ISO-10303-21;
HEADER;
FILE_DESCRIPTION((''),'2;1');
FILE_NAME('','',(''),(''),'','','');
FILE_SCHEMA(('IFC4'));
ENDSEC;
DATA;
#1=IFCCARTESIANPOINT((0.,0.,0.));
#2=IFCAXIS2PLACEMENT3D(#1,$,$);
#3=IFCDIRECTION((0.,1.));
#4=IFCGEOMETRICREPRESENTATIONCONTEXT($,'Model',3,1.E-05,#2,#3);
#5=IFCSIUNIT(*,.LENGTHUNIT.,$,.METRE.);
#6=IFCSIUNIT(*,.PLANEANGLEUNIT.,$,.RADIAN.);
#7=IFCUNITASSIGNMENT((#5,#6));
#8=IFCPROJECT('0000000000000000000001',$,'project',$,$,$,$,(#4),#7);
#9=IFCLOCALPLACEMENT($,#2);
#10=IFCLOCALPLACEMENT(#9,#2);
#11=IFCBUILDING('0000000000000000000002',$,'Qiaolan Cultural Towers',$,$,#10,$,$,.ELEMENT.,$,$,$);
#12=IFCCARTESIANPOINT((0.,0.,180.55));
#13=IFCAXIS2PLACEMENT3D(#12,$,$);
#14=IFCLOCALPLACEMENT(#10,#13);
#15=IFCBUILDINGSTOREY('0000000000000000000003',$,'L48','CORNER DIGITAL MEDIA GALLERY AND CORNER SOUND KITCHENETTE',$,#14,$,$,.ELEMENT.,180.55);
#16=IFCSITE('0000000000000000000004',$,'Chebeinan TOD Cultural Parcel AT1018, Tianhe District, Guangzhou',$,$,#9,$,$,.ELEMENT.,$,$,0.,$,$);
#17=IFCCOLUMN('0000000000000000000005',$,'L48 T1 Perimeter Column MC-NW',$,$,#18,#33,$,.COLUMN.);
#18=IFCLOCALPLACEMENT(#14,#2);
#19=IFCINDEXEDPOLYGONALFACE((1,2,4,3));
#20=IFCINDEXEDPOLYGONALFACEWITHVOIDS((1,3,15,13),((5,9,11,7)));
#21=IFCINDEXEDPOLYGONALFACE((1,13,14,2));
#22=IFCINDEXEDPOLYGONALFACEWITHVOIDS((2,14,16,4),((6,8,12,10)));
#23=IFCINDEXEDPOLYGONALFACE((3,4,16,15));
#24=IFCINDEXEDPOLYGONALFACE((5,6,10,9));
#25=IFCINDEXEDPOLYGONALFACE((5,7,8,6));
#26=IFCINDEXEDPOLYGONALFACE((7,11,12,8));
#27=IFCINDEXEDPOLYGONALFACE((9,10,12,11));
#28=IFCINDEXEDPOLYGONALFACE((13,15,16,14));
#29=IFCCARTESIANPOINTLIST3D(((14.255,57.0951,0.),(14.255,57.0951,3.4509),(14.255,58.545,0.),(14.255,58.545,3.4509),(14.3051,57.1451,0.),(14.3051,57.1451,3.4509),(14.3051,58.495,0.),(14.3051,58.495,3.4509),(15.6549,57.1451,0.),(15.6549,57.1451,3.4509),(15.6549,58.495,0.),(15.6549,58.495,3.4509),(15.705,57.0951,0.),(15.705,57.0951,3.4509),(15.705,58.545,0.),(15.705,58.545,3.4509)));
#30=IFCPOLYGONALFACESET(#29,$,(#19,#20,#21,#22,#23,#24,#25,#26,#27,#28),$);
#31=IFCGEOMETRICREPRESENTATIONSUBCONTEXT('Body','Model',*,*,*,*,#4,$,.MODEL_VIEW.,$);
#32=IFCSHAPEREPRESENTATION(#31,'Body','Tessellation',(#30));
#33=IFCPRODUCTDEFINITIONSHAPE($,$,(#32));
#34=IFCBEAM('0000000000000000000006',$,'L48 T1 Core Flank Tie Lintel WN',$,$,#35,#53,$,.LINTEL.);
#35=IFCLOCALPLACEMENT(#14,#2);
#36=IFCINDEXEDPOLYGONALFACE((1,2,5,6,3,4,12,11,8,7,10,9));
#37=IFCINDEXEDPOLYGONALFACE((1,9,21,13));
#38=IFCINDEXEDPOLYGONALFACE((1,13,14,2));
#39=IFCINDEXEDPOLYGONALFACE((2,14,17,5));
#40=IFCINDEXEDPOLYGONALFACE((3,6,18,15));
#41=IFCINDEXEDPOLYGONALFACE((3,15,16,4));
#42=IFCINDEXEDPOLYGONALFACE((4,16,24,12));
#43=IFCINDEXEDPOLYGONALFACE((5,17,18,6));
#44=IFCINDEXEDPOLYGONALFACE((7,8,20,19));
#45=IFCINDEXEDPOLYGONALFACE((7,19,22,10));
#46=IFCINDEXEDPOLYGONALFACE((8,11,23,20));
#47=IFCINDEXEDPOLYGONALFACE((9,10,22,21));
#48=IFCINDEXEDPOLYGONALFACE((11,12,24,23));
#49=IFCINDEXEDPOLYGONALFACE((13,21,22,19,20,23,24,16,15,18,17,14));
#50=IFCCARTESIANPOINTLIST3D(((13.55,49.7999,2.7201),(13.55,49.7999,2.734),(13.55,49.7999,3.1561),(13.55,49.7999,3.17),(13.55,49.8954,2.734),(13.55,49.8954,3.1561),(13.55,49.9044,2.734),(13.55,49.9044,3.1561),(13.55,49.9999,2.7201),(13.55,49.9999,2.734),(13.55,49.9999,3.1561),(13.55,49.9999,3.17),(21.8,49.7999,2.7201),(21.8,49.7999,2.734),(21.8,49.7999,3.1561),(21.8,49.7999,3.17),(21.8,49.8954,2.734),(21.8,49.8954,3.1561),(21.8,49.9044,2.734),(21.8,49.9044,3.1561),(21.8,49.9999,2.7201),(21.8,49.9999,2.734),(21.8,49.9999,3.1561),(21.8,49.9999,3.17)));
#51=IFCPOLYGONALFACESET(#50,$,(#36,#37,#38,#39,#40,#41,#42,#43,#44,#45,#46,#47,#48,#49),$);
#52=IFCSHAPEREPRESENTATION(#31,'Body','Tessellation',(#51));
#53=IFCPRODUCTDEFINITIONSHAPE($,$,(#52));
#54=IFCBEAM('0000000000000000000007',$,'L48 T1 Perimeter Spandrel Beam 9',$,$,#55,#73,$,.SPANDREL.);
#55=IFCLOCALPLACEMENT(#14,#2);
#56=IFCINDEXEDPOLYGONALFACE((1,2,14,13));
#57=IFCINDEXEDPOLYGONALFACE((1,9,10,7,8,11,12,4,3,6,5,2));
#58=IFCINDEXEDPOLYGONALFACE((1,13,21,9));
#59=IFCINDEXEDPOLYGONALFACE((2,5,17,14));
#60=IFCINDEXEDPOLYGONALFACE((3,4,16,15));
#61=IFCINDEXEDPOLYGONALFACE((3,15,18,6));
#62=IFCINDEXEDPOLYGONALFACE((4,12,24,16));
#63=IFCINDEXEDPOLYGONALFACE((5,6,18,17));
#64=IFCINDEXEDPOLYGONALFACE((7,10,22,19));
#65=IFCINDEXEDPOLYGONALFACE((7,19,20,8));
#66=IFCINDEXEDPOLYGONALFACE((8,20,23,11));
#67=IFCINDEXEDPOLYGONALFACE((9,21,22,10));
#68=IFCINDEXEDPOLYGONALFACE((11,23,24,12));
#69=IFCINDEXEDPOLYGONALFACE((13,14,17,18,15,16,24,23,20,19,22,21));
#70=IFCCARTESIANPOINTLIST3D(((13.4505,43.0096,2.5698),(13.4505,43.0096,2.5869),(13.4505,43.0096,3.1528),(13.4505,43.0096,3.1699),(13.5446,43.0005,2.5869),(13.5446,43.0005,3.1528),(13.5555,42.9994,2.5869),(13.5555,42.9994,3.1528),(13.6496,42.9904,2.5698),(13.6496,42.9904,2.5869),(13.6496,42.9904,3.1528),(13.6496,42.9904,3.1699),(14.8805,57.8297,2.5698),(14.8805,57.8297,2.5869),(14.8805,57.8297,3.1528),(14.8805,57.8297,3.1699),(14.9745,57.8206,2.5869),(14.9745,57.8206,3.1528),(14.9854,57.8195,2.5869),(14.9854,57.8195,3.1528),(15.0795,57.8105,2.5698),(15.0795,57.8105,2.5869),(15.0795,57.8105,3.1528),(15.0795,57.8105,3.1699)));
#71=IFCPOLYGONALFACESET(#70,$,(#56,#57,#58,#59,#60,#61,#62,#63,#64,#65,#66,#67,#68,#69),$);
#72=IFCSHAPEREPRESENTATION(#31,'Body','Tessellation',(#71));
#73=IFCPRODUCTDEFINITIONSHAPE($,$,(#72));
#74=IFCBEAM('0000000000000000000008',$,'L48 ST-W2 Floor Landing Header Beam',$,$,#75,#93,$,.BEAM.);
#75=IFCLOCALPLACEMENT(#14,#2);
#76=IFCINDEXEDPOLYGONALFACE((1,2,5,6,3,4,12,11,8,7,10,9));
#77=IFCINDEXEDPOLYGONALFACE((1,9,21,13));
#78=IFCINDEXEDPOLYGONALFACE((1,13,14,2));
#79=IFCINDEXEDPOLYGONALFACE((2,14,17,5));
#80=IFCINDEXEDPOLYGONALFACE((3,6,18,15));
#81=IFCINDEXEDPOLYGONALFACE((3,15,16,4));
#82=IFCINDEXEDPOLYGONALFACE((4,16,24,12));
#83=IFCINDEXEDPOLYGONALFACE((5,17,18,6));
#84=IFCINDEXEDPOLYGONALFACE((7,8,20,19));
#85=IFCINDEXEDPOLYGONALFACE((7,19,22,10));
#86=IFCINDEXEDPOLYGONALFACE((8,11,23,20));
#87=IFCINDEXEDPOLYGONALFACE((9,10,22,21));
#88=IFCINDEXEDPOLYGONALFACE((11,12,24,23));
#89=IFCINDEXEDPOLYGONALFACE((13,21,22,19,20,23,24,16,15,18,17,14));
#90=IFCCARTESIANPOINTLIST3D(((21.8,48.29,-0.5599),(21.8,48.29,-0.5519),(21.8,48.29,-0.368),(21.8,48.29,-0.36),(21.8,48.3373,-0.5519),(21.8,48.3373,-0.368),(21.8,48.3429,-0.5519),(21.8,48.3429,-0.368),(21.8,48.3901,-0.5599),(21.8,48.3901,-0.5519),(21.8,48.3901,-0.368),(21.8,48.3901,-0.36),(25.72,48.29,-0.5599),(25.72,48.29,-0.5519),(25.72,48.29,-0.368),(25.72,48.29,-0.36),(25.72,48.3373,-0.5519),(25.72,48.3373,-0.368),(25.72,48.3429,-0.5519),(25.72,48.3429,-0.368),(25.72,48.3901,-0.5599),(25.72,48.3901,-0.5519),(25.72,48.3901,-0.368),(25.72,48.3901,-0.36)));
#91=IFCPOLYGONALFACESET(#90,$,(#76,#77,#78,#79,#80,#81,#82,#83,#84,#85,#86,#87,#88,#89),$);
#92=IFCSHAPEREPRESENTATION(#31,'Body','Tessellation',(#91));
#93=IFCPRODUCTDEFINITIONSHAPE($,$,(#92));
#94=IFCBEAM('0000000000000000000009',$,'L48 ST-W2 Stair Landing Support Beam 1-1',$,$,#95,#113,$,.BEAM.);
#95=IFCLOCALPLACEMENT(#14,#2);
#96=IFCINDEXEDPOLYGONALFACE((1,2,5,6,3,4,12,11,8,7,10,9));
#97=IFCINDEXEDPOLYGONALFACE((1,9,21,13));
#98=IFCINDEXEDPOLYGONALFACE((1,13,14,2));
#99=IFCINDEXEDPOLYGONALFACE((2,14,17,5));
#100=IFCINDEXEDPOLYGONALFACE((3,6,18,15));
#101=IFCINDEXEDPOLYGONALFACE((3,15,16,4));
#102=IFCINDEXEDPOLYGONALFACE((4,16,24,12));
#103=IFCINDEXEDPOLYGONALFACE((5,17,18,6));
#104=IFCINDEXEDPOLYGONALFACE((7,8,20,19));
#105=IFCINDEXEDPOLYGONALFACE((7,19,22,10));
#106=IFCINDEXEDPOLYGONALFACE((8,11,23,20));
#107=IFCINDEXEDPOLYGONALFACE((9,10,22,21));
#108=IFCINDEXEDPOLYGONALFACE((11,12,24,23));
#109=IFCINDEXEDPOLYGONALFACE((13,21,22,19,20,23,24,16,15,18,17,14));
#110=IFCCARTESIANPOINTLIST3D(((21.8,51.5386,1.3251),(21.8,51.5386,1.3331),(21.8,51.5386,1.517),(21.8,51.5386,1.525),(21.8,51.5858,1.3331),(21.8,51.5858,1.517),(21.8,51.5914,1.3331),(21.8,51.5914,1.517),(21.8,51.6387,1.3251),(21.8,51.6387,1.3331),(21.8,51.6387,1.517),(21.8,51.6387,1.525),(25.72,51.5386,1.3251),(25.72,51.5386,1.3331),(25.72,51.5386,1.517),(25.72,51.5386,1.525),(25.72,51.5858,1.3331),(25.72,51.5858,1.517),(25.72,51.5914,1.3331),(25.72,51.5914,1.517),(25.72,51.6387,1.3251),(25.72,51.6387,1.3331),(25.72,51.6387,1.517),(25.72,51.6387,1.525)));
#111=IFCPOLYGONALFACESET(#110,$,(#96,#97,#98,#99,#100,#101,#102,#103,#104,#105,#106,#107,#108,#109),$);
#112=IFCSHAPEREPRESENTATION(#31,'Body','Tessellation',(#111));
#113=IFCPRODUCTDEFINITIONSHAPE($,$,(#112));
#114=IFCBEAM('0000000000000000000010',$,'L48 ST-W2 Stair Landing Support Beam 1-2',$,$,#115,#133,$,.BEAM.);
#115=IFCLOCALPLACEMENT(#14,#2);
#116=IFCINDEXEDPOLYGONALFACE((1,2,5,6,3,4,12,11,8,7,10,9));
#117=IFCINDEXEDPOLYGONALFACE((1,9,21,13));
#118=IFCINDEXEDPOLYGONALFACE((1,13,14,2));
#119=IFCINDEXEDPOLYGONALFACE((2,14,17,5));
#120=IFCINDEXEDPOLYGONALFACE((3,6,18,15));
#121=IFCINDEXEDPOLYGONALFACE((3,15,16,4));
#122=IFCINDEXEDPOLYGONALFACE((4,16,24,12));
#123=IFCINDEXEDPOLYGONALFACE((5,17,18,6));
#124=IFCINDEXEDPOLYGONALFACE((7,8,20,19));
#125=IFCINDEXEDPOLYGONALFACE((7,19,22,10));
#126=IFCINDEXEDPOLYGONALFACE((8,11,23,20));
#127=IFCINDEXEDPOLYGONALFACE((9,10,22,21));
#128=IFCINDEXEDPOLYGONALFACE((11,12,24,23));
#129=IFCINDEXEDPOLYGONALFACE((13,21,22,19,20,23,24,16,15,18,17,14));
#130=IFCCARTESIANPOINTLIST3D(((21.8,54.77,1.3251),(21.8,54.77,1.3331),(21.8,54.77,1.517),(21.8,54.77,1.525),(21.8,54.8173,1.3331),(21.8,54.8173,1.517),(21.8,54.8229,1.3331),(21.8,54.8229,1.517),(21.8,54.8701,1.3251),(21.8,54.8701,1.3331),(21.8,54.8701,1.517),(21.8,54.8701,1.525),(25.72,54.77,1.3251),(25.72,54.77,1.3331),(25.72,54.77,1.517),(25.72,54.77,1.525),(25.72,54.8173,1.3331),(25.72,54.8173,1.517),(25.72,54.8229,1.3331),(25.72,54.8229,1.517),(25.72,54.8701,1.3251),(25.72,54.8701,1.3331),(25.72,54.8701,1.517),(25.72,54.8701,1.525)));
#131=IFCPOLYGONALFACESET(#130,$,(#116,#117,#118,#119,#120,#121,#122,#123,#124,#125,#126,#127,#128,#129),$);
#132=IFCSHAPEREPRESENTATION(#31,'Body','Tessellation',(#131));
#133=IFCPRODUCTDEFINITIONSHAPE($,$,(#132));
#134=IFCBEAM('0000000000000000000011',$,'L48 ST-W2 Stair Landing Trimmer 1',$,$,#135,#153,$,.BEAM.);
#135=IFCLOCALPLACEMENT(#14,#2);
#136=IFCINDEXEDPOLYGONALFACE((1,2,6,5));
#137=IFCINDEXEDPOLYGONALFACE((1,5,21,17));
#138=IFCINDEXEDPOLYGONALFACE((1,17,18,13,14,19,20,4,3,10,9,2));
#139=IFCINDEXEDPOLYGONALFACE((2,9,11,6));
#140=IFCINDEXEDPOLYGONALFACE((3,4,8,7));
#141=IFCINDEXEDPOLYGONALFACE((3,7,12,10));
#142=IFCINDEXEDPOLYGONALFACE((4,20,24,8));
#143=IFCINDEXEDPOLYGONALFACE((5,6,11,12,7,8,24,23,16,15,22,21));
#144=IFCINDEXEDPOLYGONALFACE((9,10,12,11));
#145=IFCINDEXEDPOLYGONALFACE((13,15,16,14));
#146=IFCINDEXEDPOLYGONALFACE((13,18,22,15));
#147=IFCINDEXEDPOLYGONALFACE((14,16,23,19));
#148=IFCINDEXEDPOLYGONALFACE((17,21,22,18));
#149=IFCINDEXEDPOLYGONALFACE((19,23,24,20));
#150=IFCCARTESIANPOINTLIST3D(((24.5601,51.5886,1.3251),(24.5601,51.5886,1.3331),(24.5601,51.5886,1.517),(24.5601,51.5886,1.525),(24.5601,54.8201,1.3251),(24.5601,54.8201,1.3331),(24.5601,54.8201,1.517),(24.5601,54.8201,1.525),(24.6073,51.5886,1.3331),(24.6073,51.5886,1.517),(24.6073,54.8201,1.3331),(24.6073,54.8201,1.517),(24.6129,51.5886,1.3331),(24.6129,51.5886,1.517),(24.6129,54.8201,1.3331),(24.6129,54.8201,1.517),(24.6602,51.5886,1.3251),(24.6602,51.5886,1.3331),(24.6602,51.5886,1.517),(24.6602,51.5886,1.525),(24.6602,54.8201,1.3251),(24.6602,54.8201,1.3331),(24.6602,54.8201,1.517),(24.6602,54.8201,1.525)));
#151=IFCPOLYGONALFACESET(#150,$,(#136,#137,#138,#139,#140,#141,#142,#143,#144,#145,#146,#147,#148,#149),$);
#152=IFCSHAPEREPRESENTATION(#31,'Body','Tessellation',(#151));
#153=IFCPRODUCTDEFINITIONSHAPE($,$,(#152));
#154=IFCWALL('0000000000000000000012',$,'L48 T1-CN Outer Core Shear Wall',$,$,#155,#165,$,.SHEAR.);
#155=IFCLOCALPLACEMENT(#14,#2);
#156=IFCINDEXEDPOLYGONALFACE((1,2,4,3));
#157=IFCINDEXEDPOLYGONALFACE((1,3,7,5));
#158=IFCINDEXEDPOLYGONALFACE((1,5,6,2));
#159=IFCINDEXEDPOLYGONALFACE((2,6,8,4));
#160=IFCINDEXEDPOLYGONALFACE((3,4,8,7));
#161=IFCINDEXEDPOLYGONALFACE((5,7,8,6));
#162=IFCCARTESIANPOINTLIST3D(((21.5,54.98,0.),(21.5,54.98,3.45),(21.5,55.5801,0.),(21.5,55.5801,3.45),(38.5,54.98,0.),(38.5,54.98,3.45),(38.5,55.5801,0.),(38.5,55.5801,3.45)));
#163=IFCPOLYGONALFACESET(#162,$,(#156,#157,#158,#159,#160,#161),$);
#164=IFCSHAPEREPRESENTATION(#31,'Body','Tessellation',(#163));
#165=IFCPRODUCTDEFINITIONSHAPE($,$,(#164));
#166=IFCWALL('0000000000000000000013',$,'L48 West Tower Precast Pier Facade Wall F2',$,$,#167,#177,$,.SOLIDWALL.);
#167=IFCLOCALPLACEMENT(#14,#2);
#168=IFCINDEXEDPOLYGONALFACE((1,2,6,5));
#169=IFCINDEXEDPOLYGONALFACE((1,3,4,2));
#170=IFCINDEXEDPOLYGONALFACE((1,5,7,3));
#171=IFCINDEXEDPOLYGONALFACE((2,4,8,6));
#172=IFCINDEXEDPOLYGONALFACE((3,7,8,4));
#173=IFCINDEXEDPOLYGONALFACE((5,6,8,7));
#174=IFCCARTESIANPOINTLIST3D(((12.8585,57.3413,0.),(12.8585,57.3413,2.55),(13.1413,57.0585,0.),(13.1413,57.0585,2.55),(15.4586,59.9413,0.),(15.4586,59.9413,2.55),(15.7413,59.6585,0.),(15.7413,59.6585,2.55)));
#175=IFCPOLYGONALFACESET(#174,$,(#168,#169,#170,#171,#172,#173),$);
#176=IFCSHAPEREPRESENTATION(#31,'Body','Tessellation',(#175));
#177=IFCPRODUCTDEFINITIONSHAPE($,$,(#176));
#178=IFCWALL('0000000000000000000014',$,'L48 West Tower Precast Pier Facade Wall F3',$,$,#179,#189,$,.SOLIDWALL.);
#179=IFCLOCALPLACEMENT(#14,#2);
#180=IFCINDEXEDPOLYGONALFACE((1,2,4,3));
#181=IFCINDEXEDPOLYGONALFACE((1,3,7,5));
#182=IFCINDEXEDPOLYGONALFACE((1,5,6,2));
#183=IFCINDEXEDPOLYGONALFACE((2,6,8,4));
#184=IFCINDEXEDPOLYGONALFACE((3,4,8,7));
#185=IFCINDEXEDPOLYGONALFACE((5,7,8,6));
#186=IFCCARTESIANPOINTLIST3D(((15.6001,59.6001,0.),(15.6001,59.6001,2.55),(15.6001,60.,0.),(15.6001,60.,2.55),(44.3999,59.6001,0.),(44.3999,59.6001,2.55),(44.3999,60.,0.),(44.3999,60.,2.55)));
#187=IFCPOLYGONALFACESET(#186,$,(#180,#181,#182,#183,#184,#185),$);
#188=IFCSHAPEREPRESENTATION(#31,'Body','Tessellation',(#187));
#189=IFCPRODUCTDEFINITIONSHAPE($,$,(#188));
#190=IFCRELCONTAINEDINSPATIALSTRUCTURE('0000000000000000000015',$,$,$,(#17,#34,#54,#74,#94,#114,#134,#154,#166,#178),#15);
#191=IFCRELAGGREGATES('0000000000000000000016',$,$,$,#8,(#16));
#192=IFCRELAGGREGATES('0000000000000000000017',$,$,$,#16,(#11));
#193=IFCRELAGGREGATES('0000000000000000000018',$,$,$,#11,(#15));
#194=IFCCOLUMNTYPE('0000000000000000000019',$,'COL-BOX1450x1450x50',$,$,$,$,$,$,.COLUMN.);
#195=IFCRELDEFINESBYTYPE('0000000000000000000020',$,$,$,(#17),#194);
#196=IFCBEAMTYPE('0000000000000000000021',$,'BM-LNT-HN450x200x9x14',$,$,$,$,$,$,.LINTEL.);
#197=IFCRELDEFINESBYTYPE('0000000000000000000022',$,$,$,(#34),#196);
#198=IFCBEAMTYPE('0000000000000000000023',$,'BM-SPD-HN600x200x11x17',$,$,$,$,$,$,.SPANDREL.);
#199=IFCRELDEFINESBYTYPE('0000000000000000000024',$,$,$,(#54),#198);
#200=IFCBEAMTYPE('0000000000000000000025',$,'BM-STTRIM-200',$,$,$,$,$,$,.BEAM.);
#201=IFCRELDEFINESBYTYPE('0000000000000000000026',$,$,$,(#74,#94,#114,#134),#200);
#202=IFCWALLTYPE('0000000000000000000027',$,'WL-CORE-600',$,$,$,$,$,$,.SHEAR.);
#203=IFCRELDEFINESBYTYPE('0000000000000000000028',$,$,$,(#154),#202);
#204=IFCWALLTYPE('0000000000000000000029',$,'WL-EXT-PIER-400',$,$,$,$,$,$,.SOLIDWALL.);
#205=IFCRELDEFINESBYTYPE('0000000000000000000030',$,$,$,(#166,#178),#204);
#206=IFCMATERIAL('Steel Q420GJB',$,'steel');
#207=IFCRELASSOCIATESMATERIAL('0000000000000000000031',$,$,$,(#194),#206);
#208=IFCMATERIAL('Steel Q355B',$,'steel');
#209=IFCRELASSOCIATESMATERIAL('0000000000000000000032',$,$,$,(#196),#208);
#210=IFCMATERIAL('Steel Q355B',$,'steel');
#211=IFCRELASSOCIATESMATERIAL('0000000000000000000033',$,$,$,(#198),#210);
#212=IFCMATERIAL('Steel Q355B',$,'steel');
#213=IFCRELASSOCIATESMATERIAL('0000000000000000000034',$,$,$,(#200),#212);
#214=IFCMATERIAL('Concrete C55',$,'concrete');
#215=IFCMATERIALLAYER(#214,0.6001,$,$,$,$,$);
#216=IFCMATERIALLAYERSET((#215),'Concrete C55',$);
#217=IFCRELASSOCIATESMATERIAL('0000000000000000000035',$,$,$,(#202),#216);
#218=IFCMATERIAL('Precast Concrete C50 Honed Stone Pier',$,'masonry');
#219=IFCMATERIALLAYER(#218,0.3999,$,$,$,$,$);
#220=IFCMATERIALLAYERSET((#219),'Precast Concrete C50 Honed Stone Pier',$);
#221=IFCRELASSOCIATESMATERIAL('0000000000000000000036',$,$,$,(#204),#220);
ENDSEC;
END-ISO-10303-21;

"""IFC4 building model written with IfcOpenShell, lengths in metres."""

from ifc_helpers import new_model, si_unit, direction, frame, frame_2d, origin, origin_2d, place, context, subcontext, project, spatial, rectangle, hollow_rectangle, i_section, extrude, material, layer, layer_set, material_profile, profile_set, type_object, element, save


model = new_model("IFC4")

# Units and contexts
model_context = context("Model", 3, precision=1e-05, world=origin(), true_north=direction((0.0, 1.0)))
body_context = subcontext(model_context, "Body", "Model", "MODEL_VIEW")
ifc_project = project(units=[si_unit("LENGTHUNIT", "METRE"), si_unit("PLANEANGLEUNIT", "RADIAN")], contexts=[model_context])

# Site, building, storey
site_placement = place(None, origin())
site = spatial("IfcSite", under=ifc_project, at=site_placement, Name="Chebeinan TOD Cultural Parcel AT1018, Tianhe District, Guangzhou", CompositionType="ELEMENT", RefElevation=0.0)
building_placement = place(site_placement, origin())
building = spatial("IfcBuilding", under=site, at=building_placement, Name="Qiaolan Cultural Towers", CompositionType="ELEMENT")
storey_placement = place(building_placement, frame((0.0, 0.0, 180.55)))
storey = spatial("IfcBuildingStorey", under=building, at=storey_placement, Name="L48", Description="CORNER DIGITAL MEDIA GALLERY AND CORNER SOUND KITCHENETTE", CompositionType="ELEMENT", Elevation=180.55)

# Column
ifc_material_1 = material(Name="Steel Q420GJB", Category="steel")
ifc_material_profile_1 = material_profile(ifc_material_1, hollow_rectangle(XDim=1.45, YDim=1.45, WallThickness=0.05, at=origin_2d()), Name="BOX1450x1450x50")
ifc_profile_set_1 = profile_set([ifc_material_profile_1], Name="Steel Q420GJB")
column_type = type_object("IfcColumnType", Name="COL-BOX1450x1450x50", PredefinedType="COLUMN", material=ifc_profile_set_1)
column_placement = place(storey_placement, frame((14.98, 57.8201, 0.0), z_axis=(0.0, 0.0, 1.0), x_axis=(1.0, 0.0, 0.0)))
element("IfcColumn", 1, at=column_placement, inside=storey, type_object=column_type, Name="L48 T1 Perimeter Column MC-NW", PredefinedType="COLUMN", context=body_context, shape_type="SweptSolid", body=[
    extrude(hollow_rectangle(XDim=1.45, YDim=1.45, WallThickness=0.05, at=origin_2d()), origin(), (0.0, 0.0, 1.0), 3.4509),
])

# Beams
ifc_material_2 = material(Name="Steel Q355B", Category="steel")
ifc_material_profile_2 = material_profile(ifc_material_2, i_section(OverallWidth=0.2, OverallDepth=0.45, WebThickness=0.009, FlangeThickness=0.0139, at=origin_2d()), Name="HN450x200x9x14")
ifc_profile_set_2 = profile_set([ifc_material_profile_2], Name="Steel Q355B")
beam_type_1 = type_object("IfcBeamType", Name="BM-LNT-HN450x200x9x14", PredefinedType="LINTEL", material=ifc_profile_set_2)
beam_1_placement = place(storey_placement, frame((21.8, 49.8999, 2.9451), z_axis=(-1.0, 0.0, 0.0), x_axis=(0.0, -1.0, 0.0)))
element("IfcBeam", 2, at=beam_1_placement, inside=storey, type_object=beam_type_1, Name="L48 T1 Core Flank Tie Lintel WN", PredefinedType="LINTEL", context=body_context, shape_type="SweptSolid", body=[
    extrude(i_section(OverallWidth=0.2, OverallDepth=0.45, WebThickness=0.009, FlangeThickness=0.0139, at=origin_2d()), origin(), (0.0, 0.0, 1.0), 8.25),
])
ifc_material_3 = material(Name="Steel Q355B", Category="steel")
ifc_material_profile_3 = material_profile(ifc_material_3, i_section(OverallWidth=0.2, OverallDepth=0.6001, WebThickness=0.011, FlangeThickness=0.0171, at=origin_2d()), Name="HN600x200x11x17")
ifc_profile_set_3 = profile_set([ifc_material_profile_3], Name="Steel Q355B")
beam_type_2 = type_object("IfcBeamType", Name="BM-SPD-HN600x200x11x17", PredefinedType="SPANDREL", material=ifc_profile_set_3)
beam_2_placement = place(storey_placement, frame((14.98, 57.8201, 2.8699), z_axis=(-0.09604, -0.995377, 0.0), x_axis=(0.995377, -0.09604, 0.0)))
element("IfcBeam", 3, at=beam_2_placement, inside=storey, type_object=beam_type_2, Name="L48 T1 Perimeter Spandrel Beam 9", PredefinedType="SPANDREL", context=body_context, shape_type="SweptSolid", body=[
    extrude(i_section(OverallWidth=0.2, OverallDepth=0.6001, WebThickness=0.011, FlangeThickness=0.0171, at=origin_2d()), origin(), (0.0, 0.0, 1.0), 14.8889),
])
ifc_material_4 = material(Name="Steel Q355B", Category="steel")
ifc_material_profile_4 = material_profile(ifc_material_4, i_section(OverallWidth=0.1001, OverallDepth=0.2, WebThickness=0.0056, FlangeThickness=0.0081, at=origin_2d()), Name="HN200x100x5.5x8")
ifc_profile_set_4 = profile_set([ifc_material_profile_4], Name="Steel Q355B")
beam_type_3 = type_object("IfcBeamType", Name="BM-STTRIM-200", PredefinedType="BEAM", material=ifc_profile_set_4)
for number, where, z_axis, x_axis, name in (
    (4, (21.8, 48.3401, -0.46), (1.0, 0.0, 0.0), (0.0, 1.0, 0.0), "L48 ST-W2 Floor Landing Header Beam"),
    (5, (21.8, 51.5886, 1.425), (1.0, 0.0, 0.0), (0.0, 1.0, 0.0), "L48 ST-W2 Stair Landing Support Beam 1-1"),
    (6, (21.8, 54.8201, 1.425), (1.0, 0.0, 0.0), (0.0, 1.0, 0.0), "L48 ST-W2 Stair Landing Support Beam 1-2"),
):
    element("IfcBeam", number, at=place(storey_placement, frame(where, z_axis=z_axis, x_axis=x_axis)), inside=storey, type_object=beam_type_3, Name=name, PredefinedType="BEAM", context=body_context, shape_type="SweptSolid", body=[
        extrude(i_section(OverallWidth=0.1001, OverallDepth=0.2, WebThickness=0.0056, FlangeThickness=0.0081, at=origin_2d()), origin(), (0.0, 0.0, 1.0), 3.9199),
    ])
beam_3_placement = place(storey_placement, frame((24.6101, 51.5886, 1.425), z_axis=(0.0, 1.0, 0.0), x_axis=(-1.0, 0.0, 0.0)))
element("IfcBeam", 7, at=beam_3_placement, inside=storey, type_object=beam_type_3, Name="L48 ST-W2 Stair Landing Trimmer 1", PredefinedType="BEAM", context=body_context, shape_type="SweptSolid", body=[
    extrude(i_section(OverallWidth=0.1001, OverallDepth=0.2, WebThickness=0.0056, FlangeThickness=0.0081, at=origin_2d()), origin(), (0.0, 0.0, 1.0), 3.2314),
])

# Walls
ifc_material_5 = material(Name="Concrete C55", Category="concrete")
ifc_layer_1 = layer(ifc_material_5, 0.6001)
ifc_layer_set_1 = layer_set([ifc_layer_1], Name="Concrete C55")
wall_type_1 = type_object("IfcWallType", Name="WL-CORE-600", PredefinedType="SHEAR", material=ifc_layer_set_1)
wall_1_placement = place(storey_placement, frame((21.5, 55.28, 0.0), z_axis=(0.0, 0.0, 1.0), x_axis=(1.0, 0.0, 0.0)))
element("IfcWall", 8, at=wall_1_placement, inside=storey, type_object=wall_type_1, Name="L48 T1-CN Outer Core Shear Wall", PredefinedType="SHEAR", context=body_context, shape_type="SweptSolid", body=[
    extrude(rectangle(XDim=17.0, YDim=0.6001, at=frame_2d((8.5, 0.0))), origin(), (0.0, 0.0, 1.0), 3.45),
])
ifc_material_6 = material(Name="Precast Concrete C50 Honed Stone Pier", Category="masonry")
ifc_layer_2 = layer(ifc_material_6, 0.3999)
ifc_layer_set_2 = layer_set([ifc_layer_2], Name="Precast Concrete C50 Honed Stone Pier")
wall_type_2 = type_object("IfcWallType", Name="WL-EXT-PIER-400", PredefinedType="SOLIDWALL", material=ifc_layer_set_2)
wall_2_placement = place(storey_placement, frame((13.0, 57.2, 0.0), z_axis=(0.0, 0.0, 1.0), x_axis=(0.707107, 0.707107, 0.0)))
element("IfcWall", 9, at=wall_2_placement, inside=storey, type_object=wall_type_2, Name="L48 West Tower Precast Pier Facade Wall F2", PredefinedType="SOLIDWALL", context=body_context, shape_type="SweptSolid", body=[
    extrude(rectangle(XDim=3.677, YDim=0.3999, at=frame_2d((1.8384, 0.0))), origin(), (0.0, 0.0, 1.0), 2.55),
])
wall_3_placement = place(storey_placement, frame((15.6001, 59.8, 0.0), z_axis=(0.0, 0.0, 1.0), x_axis=(1.0, 0.0, 0.0)))
element("IfcWall", 10, at=wall_3_placement, inside=storey, type_object=wall_type_2, Name="L48 West Tower Precast Pier Facade Wall F3", PredefinedType="SOLIDWALL", context=body_context, shape_type="SweptSolid", body=[
    extrude(rectangle(XDim=28.7998, YDim=0.3999, at=frame_2d((14.3999, 0.0))), origin(), (0.0, 0.0, 1.0), 2.55),
])

save(model, "model.ifc")
